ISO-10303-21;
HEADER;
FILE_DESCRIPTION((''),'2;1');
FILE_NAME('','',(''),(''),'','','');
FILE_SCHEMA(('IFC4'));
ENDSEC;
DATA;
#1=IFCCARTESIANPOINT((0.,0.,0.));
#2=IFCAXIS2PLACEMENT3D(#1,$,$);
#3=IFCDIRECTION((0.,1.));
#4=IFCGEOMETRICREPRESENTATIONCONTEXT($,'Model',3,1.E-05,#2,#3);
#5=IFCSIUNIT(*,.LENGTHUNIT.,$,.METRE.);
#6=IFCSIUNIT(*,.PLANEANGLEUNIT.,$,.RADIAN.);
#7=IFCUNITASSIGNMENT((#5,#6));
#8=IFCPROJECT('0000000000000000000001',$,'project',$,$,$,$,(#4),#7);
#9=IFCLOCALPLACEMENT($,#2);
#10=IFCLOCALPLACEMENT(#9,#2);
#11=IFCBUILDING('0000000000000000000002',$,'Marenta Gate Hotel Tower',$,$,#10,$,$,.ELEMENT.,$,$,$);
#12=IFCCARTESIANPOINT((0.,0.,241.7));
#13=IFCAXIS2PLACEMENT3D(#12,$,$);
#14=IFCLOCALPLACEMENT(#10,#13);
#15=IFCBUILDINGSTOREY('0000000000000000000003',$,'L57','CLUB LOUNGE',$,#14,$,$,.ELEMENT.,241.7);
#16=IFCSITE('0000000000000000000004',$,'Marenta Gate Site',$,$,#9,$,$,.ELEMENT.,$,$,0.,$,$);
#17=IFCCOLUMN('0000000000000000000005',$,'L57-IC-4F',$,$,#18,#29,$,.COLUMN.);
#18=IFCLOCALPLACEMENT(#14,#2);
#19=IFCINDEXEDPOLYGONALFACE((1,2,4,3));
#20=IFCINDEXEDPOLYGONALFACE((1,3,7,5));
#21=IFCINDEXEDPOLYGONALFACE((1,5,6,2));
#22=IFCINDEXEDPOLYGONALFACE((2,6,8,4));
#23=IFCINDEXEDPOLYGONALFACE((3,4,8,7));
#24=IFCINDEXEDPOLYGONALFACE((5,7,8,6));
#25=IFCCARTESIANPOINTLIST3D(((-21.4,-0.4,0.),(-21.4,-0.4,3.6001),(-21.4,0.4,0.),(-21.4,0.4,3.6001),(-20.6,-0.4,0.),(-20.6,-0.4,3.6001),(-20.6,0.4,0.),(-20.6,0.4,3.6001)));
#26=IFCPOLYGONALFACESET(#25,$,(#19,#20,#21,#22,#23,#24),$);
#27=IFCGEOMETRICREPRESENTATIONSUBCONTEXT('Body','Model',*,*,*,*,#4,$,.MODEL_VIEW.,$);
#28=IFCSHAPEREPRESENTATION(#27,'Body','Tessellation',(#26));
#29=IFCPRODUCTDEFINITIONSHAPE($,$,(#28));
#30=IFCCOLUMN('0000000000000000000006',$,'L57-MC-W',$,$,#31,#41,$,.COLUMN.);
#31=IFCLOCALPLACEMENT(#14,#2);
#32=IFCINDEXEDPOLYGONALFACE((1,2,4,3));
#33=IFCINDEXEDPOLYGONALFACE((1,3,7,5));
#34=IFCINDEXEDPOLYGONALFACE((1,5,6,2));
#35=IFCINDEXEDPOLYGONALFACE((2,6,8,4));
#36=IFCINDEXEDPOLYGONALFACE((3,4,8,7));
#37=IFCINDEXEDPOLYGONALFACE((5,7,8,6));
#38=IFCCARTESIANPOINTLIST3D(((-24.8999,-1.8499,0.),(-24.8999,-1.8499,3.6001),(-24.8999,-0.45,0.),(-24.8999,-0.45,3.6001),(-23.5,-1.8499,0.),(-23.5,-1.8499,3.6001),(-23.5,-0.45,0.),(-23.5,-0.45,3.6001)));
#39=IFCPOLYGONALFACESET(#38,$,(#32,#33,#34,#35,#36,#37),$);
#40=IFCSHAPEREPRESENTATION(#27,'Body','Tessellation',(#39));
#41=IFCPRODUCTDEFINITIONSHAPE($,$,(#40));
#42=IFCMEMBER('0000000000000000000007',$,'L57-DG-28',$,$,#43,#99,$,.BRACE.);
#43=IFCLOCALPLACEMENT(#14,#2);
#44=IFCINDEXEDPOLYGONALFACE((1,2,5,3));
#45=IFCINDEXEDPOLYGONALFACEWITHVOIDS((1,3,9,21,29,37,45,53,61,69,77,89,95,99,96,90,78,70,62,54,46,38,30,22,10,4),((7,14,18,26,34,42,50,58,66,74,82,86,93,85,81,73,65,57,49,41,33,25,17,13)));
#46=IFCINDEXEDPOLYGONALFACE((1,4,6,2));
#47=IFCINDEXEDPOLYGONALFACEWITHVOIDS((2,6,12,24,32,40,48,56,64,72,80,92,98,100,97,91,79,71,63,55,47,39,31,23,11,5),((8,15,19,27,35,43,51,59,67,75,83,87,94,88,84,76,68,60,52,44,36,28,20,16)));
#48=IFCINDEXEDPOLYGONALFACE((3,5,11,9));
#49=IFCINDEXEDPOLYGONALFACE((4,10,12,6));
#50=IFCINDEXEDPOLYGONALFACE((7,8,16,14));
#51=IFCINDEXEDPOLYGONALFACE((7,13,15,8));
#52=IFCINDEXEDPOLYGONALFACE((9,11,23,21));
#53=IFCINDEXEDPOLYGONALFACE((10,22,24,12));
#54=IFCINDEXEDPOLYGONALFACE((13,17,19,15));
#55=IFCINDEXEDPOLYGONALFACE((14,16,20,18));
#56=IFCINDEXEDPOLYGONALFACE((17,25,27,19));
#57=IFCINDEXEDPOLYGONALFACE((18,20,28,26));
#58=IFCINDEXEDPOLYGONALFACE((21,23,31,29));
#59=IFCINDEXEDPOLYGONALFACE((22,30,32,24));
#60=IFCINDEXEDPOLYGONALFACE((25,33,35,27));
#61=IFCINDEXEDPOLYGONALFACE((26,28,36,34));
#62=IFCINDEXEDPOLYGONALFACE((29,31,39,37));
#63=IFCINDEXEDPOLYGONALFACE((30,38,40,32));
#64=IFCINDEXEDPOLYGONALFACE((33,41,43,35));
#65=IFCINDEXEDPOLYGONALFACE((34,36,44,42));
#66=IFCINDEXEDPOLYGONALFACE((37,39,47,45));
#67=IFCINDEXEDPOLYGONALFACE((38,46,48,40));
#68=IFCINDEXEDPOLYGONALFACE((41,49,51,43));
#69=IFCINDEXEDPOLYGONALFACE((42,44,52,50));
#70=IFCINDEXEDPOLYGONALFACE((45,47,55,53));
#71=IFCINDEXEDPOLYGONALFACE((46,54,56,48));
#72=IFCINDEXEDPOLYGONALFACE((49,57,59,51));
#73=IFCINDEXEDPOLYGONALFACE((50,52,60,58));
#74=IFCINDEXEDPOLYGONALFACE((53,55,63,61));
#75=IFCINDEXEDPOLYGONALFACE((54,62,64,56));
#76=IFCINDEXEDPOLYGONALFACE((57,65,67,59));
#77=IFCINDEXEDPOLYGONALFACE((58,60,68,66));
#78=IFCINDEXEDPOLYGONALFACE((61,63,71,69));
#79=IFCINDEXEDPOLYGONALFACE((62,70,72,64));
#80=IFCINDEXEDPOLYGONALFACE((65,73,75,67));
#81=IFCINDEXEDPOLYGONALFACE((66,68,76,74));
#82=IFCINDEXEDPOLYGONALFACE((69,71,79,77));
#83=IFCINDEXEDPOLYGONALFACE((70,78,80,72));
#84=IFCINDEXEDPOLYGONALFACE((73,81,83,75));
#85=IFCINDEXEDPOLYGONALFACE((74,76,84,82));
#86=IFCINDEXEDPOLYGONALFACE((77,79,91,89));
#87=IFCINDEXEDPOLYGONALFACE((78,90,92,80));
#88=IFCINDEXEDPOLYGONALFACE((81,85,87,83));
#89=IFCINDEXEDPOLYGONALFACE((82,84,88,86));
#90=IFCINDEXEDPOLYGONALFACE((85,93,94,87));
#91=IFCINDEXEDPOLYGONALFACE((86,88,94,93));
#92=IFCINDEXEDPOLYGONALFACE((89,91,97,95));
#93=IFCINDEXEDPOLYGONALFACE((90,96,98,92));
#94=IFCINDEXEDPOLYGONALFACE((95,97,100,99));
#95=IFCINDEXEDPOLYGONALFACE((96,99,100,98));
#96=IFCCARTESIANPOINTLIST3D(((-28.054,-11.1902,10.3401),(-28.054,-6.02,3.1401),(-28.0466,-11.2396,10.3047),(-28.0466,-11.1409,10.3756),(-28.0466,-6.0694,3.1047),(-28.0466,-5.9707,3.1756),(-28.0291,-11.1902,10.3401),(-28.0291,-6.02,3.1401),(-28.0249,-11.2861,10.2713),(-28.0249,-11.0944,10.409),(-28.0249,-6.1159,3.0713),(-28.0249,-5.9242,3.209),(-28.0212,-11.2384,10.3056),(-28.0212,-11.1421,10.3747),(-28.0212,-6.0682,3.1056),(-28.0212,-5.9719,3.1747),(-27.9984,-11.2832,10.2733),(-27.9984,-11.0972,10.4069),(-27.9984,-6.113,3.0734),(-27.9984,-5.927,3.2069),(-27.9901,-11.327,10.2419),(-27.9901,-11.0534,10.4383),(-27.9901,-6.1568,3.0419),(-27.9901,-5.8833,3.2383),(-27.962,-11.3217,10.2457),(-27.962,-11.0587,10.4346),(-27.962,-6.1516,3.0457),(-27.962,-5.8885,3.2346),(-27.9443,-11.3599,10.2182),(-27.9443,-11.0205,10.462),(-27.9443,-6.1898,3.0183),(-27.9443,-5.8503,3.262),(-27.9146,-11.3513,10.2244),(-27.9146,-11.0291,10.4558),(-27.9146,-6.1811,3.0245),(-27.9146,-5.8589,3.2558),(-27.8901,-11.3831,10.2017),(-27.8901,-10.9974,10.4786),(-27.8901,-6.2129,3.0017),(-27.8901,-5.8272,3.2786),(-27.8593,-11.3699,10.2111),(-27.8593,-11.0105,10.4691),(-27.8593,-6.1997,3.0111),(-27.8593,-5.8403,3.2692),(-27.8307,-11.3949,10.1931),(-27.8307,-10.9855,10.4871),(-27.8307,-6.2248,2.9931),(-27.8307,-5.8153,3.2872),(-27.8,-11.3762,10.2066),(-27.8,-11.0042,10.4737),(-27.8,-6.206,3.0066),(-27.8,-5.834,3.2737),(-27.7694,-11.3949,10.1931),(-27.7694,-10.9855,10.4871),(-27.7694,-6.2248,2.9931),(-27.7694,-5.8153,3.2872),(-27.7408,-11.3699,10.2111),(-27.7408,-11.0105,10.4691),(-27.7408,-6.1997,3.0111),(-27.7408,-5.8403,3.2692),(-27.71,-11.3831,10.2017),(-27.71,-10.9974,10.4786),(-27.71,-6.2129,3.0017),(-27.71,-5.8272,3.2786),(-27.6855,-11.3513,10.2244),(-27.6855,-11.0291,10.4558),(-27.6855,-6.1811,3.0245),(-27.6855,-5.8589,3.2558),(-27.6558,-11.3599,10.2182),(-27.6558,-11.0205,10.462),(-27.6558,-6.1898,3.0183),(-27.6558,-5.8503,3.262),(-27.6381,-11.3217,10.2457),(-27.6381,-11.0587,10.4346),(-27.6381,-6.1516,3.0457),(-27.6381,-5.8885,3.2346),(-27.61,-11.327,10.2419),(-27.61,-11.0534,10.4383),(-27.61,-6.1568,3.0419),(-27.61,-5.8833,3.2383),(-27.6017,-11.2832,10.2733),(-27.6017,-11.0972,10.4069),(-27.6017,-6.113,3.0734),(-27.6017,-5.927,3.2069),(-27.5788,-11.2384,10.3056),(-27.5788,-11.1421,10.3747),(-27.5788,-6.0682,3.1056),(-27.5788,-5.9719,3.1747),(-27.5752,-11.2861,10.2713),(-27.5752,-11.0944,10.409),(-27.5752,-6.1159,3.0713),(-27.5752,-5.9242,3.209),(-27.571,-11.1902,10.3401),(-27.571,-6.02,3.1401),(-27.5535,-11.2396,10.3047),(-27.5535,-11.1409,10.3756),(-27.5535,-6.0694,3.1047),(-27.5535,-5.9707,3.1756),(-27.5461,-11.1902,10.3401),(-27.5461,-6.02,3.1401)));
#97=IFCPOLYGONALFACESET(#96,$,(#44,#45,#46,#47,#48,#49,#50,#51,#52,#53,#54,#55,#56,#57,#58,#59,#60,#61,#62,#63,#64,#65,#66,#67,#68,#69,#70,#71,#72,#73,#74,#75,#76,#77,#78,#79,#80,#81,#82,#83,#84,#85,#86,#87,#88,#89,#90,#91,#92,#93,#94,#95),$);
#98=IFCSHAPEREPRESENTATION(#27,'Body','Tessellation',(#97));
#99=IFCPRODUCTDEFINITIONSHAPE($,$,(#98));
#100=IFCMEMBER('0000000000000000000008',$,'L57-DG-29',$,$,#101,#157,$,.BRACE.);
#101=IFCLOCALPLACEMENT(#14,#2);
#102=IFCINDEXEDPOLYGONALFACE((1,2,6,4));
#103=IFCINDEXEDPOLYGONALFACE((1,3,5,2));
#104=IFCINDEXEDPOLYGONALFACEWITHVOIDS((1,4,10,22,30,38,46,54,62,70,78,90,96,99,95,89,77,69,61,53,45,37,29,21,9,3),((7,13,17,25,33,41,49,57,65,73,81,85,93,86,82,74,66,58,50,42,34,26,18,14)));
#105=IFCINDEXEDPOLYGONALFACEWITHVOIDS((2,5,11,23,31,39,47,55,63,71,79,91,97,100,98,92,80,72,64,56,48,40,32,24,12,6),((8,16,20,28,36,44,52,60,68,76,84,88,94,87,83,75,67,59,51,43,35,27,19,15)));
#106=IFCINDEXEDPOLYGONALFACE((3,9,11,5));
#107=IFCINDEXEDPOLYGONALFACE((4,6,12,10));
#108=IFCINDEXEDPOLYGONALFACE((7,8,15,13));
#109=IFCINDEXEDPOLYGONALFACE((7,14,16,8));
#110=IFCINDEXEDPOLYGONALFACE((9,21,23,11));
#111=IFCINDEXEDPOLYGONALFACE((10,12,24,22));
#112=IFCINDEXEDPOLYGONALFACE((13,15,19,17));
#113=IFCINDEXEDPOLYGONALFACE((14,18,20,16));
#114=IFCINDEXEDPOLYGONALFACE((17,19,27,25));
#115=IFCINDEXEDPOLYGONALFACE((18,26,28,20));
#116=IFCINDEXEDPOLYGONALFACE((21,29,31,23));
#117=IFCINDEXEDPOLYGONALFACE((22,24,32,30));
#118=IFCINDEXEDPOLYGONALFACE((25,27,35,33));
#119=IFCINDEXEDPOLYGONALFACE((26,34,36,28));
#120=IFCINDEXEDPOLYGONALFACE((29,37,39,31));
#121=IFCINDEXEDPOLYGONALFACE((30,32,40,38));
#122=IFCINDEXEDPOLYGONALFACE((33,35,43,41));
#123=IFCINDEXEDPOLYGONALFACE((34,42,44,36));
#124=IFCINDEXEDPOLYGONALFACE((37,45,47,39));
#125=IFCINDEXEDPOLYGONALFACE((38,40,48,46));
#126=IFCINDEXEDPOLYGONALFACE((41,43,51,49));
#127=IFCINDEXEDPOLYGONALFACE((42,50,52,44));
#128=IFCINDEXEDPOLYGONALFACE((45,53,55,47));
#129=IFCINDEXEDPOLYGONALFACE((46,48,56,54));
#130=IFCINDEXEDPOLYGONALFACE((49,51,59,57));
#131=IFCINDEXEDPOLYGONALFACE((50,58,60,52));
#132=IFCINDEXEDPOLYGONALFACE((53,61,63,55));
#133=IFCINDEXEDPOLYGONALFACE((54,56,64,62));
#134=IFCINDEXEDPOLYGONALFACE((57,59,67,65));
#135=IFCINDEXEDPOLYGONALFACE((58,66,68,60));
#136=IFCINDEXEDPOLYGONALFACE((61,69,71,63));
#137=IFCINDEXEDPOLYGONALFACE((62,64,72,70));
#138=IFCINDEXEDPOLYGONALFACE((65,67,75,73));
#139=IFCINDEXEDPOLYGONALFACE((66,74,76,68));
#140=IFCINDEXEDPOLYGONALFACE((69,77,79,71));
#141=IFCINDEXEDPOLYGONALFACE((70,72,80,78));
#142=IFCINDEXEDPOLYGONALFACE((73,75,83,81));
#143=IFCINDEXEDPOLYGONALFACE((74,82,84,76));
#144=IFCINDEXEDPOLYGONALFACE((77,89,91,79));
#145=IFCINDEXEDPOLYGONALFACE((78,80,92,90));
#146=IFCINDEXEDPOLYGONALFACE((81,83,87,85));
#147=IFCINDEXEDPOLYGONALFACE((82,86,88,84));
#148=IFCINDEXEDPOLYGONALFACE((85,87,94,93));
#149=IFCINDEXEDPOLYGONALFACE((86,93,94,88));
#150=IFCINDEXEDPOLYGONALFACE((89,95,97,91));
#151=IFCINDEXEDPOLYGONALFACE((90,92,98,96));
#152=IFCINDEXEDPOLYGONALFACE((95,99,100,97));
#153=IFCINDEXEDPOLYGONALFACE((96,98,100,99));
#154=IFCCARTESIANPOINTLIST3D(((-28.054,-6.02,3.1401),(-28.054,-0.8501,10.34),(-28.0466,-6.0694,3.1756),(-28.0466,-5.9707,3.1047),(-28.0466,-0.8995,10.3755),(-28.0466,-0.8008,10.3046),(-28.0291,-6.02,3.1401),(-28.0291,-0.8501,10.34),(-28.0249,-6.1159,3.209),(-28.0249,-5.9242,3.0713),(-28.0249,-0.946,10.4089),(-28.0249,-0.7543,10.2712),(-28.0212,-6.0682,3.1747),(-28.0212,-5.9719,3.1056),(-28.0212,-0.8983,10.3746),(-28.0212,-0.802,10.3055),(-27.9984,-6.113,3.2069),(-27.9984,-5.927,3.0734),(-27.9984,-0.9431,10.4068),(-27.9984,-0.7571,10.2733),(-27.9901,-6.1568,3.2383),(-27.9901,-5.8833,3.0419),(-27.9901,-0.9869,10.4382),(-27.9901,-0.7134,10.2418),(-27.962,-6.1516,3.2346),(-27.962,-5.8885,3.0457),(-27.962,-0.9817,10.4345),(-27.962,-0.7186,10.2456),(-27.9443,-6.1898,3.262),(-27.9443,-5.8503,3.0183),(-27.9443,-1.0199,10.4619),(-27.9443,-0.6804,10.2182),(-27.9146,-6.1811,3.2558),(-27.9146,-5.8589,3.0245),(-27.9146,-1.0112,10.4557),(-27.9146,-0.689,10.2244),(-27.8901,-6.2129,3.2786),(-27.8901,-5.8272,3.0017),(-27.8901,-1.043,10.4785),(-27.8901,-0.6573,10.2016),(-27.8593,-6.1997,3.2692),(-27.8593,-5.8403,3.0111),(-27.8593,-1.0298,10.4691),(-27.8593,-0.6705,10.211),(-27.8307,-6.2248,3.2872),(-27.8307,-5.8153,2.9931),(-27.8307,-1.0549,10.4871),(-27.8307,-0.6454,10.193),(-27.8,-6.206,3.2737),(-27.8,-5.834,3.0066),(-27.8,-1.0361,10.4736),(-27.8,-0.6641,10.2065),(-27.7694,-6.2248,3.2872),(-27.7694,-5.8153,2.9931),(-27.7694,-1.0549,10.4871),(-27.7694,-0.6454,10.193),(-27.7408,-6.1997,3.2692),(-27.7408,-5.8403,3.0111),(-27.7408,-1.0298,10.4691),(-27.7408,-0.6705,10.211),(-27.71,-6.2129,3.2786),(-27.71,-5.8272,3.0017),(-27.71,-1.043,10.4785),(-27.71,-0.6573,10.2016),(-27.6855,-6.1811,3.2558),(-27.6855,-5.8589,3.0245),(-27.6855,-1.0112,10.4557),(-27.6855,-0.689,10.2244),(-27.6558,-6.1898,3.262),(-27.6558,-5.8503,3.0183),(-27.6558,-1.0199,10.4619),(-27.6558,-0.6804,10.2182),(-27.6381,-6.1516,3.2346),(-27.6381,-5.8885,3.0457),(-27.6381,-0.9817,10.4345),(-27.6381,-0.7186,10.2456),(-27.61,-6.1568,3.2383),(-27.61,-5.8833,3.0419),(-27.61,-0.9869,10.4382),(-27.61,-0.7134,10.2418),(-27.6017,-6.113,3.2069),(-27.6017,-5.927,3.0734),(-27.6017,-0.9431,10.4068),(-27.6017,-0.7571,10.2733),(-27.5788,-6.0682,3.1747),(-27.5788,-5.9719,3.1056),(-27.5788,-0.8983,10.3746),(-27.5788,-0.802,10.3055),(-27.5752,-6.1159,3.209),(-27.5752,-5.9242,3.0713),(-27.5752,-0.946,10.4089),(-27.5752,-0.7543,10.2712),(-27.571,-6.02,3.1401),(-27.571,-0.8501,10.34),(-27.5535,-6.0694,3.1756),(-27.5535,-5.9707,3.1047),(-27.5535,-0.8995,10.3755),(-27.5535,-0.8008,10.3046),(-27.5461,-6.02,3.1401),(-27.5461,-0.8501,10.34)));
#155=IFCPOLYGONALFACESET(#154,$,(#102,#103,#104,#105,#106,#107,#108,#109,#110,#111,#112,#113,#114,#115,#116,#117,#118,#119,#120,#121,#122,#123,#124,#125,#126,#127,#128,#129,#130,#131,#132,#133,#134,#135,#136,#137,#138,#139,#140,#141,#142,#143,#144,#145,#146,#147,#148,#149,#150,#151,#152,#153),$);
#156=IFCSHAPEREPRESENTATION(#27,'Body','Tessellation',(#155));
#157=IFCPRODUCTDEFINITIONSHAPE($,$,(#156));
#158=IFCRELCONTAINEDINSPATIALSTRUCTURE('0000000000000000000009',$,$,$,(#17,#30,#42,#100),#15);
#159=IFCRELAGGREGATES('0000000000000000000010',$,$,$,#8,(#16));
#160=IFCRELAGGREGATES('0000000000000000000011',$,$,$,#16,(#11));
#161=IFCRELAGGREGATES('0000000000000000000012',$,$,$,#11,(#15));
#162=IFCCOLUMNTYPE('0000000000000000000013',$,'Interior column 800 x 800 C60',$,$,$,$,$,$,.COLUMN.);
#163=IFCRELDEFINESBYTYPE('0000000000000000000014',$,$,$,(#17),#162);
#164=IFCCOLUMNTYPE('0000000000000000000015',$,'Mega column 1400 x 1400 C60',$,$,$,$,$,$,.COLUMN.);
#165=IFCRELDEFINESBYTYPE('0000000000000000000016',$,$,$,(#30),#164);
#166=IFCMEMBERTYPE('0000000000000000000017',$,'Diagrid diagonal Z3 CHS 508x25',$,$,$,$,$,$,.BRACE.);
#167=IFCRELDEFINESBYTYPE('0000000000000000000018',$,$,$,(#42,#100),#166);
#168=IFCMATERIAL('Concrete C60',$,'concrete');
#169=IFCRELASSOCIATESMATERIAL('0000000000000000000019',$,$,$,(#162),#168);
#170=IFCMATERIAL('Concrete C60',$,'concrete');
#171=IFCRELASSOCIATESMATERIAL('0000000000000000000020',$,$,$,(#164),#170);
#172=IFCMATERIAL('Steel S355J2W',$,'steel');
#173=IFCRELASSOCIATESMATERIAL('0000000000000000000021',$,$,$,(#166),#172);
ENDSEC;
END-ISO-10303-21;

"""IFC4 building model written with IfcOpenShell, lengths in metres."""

from ifc_helpers import new_model, si_unit, direction, frame, origin, origin_2d, place, context, subcontext, project, spatial, rectangle, hollow_circle, extrude, material, material_profile, profile_set, type_object, element, save


model = new_model("IFC4")

# Units and contexts
model_context = context("Model", 3, precision=1e-05, world=origin(), true_north=direction((0.0, 1.0)))
body_context = subcontext(model_context, "Body", "Model", "MODEL_VIEW")
ifc_project = project(units=[si_unit("LENGTHUNIT", "METRE"), si_unit("PLANEANGLEUNIT", "RADIAN")], contexts=[model_context])

# Site, building, storey
site_placement = place(None, origin())
site = spatial("IfcSite", under=ifc_project, at=site_placement, Name="Marenta Gate Site", CompositionType="ELEMENT", RefElevation=0.0)
building_placement = place(site_placement, origin())
building = spatial("IfcBuilding", under=site, at=building_placement, Name="Marenta Gate Hotel Tower", CompositionType="ELEMENT")
storey_placement = place(building_placement, frame((0.0, 0.0, 241.7)))
storey = spatial("IfcBuildingStorey", under=building, at=storey_placement, Name="L57", Description="CLUB LOUNGE", CompositionType="ELEMENT", Elevation=241.7)

# Columns
ifc_material_1 = material(Name="Concrete C60", Category="concrete")
ifc_material_profile_1 = material_profile(ifc_material_1, rectangle(XDim=0.8, YDim=0.8, at=origin_2d()), Name="800 x 800")
ifc_profile_set_1 = profile_set([ifc_material_profile_1], Name="Concrete C60")
column_type_1 = type_object("IfcColumnType", Name="Interior column 800 x 800 C60", PredefinedType="COLUMN", material=ifc_profile_set_1)
column_1_placement = place(storey_placement, frame((-21.0, 0.0, 0.0), z_axis=(0.0, 0.0, 1.0), x_axis=(1.0, 0.0, 0.0)))
element("IfcColumn", 1, at=column_1_placement, inside=storey, type_object=column_type_1, Name="L57-IC-4F", PredefinedType="COLUMN", context=body_context, shape_type="SweptSolid", body=[
    extrude(rectangle(XDim=0.8, YDim=0.8, at=origin_2d()), origin(), (0.0, 0.0, 1.0), 3.6001),
])
ifc_material_2 = material(Name="Concrete C60", Category="concrete")
ifc_material_profile_2 = material_profile(ifc_material_2, rectangle(XDim=1.3999, YDim=1.3999, at=origin_2d()), Name="1400 x 1400")
ifc_profile_set_2 = profile_set([ifc_material_profile_2], Name="Concrete C60")
column_type_2 = type_object("IfcColumnType", Name="Mega column 1400 x 1400 C60", PredefinedType="COLUMN", material=ifc_profile_set_2)
column_2_placement = place(storey_placement, frame((-24.2, -1.1499, 0.0), z_axis=(0.0, 0.0, 1.0), x_axis=(1.0, 0.0, 0.0)))
element("IfcColumn", 2, at=column_2_placement, inside=storey, type_object=column_type_2, Name="L57-MC-W", PredefinedType="COLUMN", context=body_context, shape_type="SweptSolid", body=[
    extrude(rectangle(XDim=1.3999, YDim=1.3999, at=origin_2d()), origin(), (0.0, 0.0, 1.0), 3.6001),
])

# Members
ifc_material_3 = material(Name="Steel S355J2W", Category="steel")
ifc_material_profile_3 = material_profile(ifc_material_3, hollow_circle(Radius=0.2539, WallThickness=0.0249, at=origin_2d()), Name="CHS 508x25")
ifc_profile_set_3 = profile_set([ifc_material_profile_3], Name="Steel S355J2W")
member_type_1 = type_object("IfcMemberType", Name="Diagrid diagonal Z3 CHS 508x25", PredefinedType="BRACE", material=ifc_profile_set_3)
member_1_placement = place(storey_placement, frame((-27.8, -6.02, 3.1401), z_axis=(0.0, -0.583279, 0.812272), x_axis=(1.0, 0.0, 0.0)))
element("IfcMember", 3, at=member_1_placement, inside=storey, type_object=member_type_1, Name="L57-DG-28", PredefinedType="BRACE", context=body_context, shape_type="SweptSolid", body=[
    extrude(hollow_circle(Radius=0.2539, WallThickness=0.0249, at=origin_2d()), origin(), (0.0, 0.0, 1.0), 8.864),
])
member_2_placement = place(storey_placement, frame((-27.8, -6.02, 3.1401), z_axis=(0.0, 0.583261, 0.812285), x_axis=(-1.0, 0.0, 0.0)))
element("IfcMember", 4, at=member_2_placement, inside=storey, type_object=member_type_1, Name="L57-DG-29", PredefinedType="BRACE", context=body_context, shape_type="SweptSolid", body=[
    extrude(hollow_circle(Radius=0.2539, WallThickness=0.0249, at=origin_2d()), origin(), (0.0, 0.0, 1.0), 8.8638),
])

save(model, "model.ifc")
